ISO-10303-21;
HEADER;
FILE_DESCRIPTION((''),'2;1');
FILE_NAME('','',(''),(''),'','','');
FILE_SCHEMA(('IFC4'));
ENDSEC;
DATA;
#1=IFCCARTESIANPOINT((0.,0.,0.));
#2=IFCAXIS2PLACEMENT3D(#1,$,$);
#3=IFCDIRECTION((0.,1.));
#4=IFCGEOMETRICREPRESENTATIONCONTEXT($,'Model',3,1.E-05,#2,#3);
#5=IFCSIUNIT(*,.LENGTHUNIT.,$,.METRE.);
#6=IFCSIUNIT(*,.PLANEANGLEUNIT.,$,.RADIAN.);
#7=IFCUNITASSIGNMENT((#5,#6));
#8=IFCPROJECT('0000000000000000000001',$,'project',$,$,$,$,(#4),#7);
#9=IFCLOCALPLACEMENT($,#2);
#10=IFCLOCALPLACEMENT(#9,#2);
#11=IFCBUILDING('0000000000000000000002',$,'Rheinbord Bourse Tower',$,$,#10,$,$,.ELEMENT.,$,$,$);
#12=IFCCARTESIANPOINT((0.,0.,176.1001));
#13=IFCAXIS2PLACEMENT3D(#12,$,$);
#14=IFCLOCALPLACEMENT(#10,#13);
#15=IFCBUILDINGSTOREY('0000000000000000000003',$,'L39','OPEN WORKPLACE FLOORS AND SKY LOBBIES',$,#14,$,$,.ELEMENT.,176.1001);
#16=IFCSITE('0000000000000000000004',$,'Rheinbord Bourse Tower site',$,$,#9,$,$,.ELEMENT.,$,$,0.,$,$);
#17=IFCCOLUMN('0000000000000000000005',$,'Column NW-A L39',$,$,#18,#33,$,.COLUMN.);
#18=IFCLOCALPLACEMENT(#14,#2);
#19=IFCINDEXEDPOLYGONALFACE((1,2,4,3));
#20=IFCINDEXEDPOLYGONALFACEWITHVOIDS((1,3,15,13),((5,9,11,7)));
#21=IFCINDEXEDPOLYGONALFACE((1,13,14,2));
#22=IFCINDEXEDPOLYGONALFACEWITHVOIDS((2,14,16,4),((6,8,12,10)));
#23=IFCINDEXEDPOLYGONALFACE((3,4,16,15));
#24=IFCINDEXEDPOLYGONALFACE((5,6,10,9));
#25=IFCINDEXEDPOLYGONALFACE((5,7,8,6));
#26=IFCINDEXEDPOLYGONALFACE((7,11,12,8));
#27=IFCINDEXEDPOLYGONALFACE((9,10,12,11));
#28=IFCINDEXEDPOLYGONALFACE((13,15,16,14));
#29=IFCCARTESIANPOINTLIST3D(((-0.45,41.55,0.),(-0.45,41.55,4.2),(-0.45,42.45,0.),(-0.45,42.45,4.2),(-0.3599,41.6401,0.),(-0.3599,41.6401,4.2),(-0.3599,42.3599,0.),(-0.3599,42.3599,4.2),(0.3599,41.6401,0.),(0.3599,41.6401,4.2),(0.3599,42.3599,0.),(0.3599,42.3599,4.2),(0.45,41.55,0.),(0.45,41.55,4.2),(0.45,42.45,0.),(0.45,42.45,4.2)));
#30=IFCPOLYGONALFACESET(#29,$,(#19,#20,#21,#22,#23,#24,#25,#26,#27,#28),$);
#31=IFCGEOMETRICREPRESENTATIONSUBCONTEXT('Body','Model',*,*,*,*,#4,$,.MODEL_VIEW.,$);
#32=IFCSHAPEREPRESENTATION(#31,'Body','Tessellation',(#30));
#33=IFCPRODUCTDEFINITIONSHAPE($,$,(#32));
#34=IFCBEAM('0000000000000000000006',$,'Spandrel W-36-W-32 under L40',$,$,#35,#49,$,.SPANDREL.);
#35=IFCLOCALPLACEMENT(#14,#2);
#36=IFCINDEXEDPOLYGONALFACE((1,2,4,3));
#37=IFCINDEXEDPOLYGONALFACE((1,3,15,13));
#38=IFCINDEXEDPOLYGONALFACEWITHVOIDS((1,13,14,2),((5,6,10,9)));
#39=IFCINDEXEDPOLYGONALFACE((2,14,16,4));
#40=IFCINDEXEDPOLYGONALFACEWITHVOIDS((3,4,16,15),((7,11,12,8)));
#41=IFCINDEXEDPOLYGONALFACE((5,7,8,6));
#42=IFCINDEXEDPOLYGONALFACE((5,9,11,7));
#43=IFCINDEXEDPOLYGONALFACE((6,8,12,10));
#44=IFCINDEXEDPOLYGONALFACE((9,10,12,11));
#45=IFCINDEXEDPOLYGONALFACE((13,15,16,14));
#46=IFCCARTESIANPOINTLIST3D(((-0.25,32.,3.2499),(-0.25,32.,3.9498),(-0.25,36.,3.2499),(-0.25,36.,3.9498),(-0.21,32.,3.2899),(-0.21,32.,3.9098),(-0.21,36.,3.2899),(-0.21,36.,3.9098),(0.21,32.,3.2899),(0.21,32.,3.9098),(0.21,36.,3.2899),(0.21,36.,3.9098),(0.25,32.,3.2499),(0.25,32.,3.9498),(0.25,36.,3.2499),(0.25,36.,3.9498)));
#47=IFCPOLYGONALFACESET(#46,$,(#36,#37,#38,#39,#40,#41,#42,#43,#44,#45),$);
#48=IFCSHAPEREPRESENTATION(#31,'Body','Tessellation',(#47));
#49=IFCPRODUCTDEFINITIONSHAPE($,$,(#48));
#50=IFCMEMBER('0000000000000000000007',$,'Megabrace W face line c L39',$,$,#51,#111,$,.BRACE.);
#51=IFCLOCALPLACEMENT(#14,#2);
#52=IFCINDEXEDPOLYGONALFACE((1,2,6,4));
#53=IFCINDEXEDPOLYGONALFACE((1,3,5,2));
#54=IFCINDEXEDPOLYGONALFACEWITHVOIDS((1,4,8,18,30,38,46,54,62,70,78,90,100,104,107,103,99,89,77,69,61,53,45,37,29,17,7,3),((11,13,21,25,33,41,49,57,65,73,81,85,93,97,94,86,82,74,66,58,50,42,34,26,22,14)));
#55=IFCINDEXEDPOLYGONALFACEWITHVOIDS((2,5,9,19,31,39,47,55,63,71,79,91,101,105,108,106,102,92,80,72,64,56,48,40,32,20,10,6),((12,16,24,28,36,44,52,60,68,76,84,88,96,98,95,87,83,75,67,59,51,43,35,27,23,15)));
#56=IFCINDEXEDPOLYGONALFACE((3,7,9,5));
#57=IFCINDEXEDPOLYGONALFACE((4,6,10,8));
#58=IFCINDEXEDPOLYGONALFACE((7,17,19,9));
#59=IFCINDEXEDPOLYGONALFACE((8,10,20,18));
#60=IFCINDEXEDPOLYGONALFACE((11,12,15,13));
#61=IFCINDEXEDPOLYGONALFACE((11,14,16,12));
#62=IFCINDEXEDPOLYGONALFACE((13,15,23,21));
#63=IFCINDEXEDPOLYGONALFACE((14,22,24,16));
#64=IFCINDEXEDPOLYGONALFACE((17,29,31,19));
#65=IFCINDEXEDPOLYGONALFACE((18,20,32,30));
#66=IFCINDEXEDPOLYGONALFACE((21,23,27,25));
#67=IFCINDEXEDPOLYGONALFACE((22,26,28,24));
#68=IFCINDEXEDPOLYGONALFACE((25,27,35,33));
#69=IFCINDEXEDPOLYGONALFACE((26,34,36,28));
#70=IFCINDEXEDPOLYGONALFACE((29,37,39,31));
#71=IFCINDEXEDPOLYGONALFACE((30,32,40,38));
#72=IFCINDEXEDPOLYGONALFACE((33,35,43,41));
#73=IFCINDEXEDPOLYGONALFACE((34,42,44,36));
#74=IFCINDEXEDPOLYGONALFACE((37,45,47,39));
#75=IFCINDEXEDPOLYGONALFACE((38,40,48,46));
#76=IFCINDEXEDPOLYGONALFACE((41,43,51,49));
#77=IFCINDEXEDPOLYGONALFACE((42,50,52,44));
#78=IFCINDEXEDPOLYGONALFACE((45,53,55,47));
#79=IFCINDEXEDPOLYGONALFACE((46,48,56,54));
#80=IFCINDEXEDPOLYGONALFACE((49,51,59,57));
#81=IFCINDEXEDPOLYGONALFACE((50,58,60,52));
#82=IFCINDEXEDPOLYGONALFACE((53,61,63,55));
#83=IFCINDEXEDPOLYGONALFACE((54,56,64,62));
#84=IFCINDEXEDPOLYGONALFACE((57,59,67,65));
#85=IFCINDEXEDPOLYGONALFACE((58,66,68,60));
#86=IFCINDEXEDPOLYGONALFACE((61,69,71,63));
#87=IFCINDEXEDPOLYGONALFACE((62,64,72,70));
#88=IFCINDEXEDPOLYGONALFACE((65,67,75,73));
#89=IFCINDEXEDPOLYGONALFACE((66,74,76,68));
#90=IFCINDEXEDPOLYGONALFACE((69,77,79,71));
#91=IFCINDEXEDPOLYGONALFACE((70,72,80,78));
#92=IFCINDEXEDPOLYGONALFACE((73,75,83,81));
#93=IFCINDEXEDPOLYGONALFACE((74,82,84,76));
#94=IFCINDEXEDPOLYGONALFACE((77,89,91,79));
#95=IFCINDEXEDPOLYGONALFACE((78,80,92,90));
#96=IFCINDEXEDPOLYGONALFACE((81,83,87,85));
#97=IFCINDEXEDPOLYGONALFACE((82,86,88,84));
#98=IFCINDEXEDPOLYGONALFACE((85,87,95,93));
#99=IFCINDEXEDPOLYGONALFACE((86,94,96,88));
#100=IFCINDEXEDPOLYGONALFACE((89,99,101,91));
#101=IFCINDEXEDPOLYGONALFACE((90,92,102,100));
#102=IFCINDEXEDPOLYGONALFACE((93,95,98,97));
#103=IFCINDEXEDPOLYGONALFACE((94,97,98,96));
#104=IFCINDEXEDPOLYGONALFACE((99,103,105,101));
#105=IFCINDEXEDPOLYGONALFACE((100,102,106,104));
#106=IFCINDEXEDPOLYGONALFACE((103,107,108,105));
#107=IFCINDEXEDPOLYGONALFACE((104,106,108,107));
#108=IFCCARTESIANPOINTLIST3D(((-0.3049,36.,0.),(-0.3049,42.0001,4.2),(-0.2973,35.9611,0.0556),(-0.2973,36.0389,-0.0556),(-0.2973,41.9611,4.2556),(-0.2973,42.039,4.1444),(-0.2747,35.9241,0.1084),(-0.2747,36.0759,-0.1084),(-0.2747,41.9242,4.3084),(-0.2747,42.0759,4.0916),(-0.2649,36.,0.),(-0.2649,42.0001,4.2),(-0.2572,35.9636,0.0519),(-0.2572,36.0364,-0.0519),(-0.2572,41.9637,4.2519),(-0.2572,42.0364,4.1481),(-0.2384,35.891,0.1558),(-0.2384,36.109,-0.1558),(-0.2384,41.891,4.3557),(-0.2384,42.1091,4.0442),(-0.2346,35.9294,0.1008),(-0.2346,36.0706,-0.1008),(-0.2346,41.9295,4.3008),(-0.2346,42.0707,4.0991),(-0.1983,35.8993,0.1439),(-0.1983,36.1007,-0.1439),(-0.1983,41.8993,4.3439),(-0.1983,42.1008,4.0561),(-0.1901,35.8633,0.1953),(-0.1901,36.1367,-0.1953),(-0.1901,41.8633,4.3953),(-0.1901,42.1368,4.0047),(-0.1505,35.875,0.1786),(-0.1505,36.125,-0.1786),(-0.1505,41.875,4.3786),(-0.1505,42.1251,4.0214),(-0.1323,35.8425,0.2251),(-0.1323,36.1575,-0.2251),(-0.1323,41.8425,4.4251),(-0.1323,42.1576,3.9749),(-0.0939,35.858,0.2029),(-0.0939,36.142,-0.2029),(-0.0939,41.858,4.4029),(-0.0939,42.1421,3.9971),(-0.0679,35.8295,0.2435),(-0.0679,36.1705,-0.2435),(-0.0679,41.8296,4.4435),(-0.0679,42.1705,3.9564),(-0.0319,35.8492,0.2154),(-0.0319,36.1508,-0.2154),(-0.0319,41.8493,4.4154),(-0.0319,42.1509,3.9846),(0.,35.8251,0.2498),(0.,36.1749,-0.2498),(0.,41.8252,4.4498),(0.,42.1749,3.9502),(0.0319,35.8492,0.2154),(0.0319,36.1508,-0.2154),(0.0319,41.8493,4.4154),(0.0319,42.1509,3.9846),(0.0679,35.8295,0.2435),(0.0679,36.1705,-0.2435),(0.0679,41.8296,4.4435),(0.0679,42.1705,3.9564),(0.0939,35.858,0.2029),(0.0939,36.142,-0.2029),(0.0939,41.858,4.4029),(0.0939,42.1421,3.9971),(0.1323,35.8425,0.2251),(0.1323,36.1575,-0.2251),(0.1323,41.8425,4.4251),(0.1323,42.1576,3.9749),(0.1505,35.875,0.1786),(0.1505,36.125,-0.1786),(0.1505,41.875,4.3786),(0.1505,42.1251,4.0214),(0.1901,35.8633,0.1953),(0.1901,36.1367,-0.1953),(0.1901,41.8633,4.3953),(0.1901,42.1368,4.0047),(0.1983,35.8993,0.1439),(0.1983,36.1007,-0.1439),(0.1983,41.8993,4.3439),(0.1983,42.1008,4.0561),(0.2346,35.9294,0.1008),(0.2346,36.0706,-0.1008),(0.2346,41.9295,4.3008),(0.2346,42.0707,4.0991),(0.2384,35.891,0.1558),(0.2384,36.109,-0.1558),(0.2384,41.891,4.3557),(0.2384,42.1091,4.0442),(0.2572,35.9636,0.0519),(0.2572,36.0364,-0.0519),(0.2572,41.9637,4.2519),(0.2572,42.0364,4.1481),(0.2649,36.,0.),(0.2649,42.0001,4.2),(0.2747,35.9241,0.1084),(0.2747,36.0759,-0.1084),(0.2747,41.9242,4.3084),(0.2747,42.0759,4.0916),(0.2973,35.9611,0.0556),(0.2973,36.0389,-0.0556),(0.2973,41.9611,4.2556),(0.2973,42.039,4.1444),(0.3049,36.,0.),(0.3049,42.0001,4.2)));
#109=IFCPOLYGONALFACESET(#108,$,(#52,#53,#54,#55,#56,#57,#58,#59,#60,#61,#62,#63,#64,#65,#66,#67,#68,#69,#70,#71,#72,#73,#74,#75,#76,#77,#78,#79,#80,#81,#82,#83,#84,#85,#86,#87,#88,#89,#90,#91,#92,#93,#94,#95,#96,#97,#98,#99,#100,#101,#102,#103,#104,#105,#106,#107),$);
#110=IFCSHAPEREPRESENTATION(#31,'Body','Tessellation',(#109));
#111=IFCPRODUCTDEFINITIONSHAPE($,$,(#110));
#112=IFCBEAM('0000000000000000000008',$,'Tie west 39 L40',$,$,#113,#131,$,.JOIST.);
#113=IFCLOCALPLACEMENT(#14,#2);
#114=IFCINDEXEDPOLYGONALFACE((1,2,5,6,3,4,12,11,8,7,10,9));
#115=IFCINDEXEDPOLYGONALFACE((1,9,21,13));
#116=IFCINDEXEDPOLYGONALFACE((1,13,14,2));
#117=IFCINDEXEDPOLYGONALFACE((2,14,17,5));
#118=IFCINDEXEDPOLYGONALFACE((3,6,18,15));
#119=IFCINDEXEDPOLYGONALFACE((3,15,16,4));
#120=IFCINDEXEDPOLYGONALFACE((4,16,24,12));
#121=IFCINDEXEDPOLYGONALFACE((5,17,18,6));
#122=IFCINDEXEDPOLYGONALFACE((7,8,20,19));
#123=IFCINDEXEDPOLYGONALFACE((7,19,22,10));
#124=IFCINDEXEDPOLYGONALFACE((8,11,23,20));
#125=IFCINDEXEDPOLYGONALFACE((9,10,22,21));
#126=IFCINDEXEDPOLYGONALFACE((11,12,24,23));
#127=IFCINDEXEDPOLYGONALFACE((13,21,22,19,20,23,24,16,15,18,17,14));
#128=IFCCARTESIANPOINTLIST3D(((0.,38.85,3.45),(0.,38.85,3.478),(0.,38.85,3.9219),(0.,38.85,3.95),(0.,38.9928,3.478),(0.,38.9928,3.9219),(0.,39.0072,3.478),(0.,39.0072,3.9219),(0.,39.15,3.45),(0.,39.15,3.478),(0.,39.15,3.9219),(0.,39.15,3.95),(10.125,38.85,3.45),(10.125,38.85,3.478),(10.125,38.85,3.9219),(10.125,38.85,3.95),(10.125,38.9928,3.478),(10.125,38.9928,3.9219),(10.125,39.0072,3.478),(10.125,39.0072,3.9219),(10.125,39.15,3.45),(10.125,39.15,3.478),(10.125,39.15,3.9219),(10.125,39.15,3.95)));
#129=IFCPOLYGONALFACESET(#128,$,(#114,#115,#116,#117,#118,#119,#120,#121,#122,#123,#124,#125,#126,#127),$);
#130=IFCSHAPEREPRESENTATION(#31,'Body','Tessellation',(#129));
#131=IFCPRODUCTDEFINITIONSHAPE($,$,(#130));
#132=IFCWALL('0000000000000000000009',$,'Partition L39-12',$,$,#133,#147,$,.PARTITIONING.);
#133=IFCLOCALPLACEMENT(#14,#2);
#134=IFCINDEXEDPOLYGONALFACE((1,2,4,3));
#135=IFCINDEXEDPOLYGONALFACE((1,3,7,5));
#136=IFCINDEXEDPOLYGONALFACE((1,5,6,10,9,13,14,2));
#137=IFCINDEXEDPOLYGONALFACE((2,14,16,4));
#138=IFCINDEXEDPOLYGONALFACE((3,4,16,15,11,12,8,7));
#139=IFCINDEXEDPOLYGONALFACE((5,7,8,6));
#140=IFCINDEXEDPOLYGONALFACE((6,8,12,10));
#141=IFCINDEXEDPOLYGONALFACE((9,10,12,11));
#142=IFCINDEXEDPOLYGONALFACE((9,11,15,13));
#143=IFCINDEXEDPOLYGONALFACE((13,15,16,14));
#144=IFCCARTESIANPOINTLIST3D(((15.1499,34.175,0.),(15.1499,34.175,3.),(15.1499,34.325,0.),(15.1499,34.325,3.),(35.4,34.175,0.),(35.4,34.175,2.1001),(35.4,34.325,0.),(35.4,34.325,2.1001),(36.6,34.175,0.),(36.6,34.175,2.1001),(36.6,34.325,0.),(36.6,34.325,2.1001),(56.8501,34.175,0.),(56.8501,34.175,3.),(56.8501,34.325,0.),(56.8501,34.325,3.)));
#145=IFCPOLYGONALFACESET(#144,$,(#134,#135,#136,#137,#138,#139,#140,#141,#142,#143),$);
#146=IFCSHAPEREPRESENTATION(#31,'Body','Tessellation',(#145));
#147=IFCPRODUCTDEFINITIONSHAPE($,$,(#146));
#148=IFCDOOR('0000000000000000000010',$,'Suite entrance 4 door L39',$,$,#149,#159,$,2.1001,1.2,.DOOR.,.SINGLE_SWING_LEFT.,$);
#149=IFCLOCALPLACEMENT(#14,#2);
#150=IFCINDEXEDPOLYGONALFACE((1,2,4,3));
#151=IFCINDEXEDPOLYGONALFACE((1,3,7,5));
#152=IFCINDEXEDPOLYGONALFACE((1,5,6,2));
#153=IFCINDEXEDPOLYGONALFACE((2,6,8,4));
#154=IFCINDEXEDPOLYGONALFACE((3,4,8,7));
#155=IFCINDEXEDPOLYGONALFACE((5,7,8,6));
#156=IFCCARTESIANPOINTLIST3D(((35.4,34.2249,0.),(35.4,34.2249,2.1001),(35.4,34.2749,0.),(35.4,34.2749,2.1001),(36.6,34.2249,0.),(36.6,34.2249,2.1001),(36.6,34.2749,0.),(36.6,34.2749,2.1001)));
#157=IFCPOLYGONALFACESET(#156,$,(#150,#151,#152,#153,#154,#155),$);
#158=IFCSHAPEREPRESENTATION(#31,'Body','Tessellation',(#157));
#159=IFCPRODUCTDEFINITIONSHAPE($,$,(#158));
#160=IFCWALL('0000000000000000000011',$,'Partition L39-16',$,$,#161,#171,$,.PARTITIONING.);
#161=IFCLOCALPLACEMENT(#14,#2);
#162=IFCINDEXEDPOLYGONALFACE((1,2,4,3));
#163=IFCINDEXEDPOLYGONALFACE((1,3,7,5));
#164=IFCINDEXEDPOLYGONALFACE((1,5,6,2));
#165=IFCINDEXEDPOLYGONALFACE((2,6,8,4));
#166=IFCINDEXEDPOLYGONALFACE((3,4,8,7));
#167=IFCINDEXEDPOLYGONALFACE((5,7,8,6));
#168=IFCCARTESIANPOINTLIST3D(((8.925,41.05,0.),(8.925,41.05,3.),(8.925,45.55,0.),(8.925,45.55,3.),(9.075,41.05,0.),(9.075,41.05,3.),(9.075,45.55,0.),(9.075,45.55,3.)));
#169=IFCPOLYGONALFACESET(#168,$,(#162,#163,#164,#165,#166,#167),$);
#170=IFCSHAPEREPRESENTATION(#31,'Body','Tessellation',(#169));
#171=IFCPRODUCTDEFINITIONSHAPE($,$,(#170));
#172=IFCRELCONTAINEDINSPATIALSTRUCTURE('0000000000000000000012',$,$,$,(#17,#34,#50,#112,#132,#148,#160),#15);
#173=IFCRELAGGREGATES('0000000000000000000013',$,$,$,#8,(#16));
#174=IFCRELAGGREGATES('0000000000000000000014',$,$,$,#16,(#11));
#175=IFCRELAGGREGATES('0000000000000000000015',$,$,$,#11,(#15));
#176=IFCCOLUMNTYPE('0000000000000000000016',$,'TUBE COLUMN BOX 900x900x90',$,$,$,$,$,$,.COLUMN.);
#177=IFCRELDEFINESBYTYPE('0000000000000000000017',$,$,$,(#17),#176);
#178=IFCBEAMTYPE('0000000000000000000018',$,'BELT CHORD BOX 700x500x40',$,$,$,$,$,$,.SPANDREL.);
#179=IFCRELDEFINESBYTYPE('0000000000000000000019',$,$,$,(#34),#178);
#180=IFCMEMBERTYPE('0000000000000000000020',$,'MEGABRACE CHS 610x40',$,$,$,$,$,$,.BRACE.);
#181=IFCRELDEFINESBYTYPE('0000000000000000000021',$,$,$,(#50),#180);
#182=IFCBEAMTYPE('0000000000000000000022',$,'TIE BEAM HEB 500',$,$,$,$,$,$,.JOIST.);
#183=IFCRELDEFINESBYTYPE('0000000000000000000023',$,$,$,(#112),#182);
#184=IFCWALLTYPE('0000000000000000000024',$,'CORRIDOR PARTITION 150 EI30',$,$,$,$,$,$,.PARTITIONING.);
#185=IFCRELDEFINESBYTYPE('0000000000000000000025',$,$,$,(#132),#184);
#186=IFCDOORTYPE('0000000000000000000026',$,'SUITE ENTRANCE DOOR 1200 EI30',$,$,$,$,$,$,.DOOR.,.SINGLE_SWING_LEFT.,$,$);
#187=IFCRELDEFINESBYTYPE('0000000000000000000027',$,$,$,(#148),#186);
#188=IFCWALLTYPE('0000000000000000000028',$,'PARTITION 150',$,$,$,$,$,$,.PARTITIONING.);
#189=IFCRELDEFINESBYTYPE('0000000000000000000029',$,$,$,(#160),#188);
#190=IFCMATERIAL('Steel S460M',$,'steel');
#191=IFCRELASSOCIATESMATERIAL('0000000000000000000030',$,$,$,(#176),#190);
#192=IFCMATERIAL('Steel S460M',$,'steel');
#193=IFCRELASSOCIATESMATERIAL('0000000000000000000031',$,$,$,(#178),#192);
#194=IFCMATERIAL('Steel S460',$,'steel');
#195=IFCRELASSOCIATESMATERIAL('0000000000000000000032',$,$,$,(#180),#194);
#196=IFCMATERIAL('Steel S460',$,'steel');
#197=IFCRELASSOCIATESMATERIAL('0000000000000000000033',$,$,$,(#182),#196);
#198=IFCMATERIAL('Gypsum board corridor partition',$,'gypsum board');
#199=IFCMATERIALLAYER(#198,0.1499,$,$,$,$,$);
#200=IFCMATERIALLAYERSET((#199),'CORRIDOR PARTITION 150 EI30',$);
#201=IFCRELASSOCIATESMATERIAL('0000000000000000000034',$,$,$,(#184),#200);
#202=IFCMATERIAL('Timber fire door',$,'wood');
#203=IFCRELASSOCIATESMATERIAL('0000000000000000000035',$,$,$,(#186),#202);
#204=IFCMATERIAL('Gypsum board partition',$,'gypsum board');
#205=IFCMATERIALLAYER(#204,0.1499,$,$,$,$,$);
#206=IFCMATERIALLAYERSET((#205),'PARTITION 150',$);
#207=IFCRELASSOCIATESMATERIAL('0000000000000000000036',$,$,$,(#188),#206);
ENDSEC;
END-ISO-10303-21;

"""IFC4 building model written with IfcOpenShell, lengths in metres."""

from ifc_helpers import new_model, si_unit, direction, frame, frame_2d, origin, origin_2d, place, context, subcontext, project, spatial, rectangle, hollow_rectangle, hollow_circle, i_section, extrude, material, layer, layer_set, material_profile, profile_set, type_object, element, fill, save


model = new_model("IFC4")

# Units and contexts
model_context = context("Model", 3, precision=1e-05, world=origin(), true_north=direction((0.0, 1.0)))
body_context = subcontext(model_context, "Body", "Model", "MODEL_VIEW")
ifc_project = project(units=[si_unit("LENGTHUNIT", "METRE"), si_unit("PLANEANGLEUNIT", "RADIAN")], contexts=[model_context])

# Site, building, storey
site_placement = place(None, origin())
site = spatial("IfcSite", under=ifc_project, at=site_placement, Name="Rheinbord Bourse Tower site", CompositionType="ELEMENT", RefElevation=0.0)
building_placement = place(site_placement, origin())
building = spatial("IfcBuilding", under=site, at=building_placement, Name="Rheinbord Bourse Tower", CompositionType="ELEMENT")
storey_placement = place(building_placement, frame((0.0, 0.0, 176.1001)))
storey = spatial("IfcBuildingStorey", under=building, at=storey_placement, Name="L39", Description="OPEN WORKPLACE FLOORS AND SKY LOBBIES", CompositionType="ELEMENT", Elevation=176.1001)

# Column
ifc_material_1 = material(Name="Steel S460M", Category="steel")
ifc_material_profile_1 = material_profile(ifc_material_1, hollow_rectangle(XDim=0.8999, YDim=0.8999, WallThickness=0.0901, at=origin_2d()), Name="BOX 900x900x90")
ifc_profile_set_1 = profile_set([ifc_material_profile_1], Name="Steel S460M")
column_type = type_object("IfcColumnType", Name="TUBE COLUMN BOX 900x900x90", PredefinedType="COLUMN", material=ifc_profile_set_1)
column_placement = place(storey_placement, frame((0.0, 42.0, 0.0), z_axis=(0.0, 0.0, 1.0), x_axis=(1.0, 0.0, 0.0)))
element("IfcColumn", 1, at=column_placement, inside=storey, type_object=column_type, Name="Column NW-A L39", PredefinedType="COLUMN", context=body_context, shape_type="SweptSolid", body=[
    extrude(hollow_rectangle(XDim=0.8999, YDim=0.8999, WallThickness=0.0901, at=origin_2d()), origin(), (0.0, 0.0, 1.0), 4.2),
])

# Beam
ifc_material_2 = material(Name="Steel S460M", Category="steel")
ifc_material_profile_2 = material_profile(ifc_material_2, hollow_rectangle(XDim=0.5, YDim=0.7, WallThickness=0.04, at=origin_2d()), Name="BOX 700x500x40")
ifc_profile_set_2 = profile_set([ifc_material_profile_2], Name="Steel S460M")
beam_type_1 = type_object("IfcBeamType", Name="BELT CHORD BOX 700x500x40", PredefinedType="SPANDREL", material=ifc_profile_set_2)
beam_1_placement = place(storey_placement, frame((0.0, 36.0, 3.5999), z_axis=(0.0, -1.0, 0.0), x_axis=(1.0, 0.0, 0.0)))
element("IfcBeam", 2, at=beam_1_placement, inside=storey, type_object=beam_type_1, Name="Spandrel W-36-W-32 under L40", PredefinedType="SPANDREL", context=body_context, shape_type="SweptSolid", body=[
    extrude(hollow_rectangle(XDim=0.5, YDim=0.7, WallThickness=0.04, at=origin_2d()), origin(), (0.0, 0.0, 1.0), 4.0),
])

# Member
ifc_material_3 = material(Name="Steel S460", Category="steel")
ifc_material_profile_3 = material_profile(ifc_material_3, hollow_circle(Radius=0.3049, WallThickness=0.04, at=origin_2d()), Name="CHS 610x40")
ifc_profile_set_3 = profile_set([ifc_material_profile_3], Name="Steel S460")
member_type = type_object("IfcMemberType", Name="MEGABRACE CHS 610x40", PredefinedType="BRACE", material=ifc_profile_set_3)
member_placement = place(storey_placement, frame((0.0, 36.0, 0.0), z_axis=(0.0, 0.819235, 0.573458), x_axis=(-1.0, 0.0, 0.0)))
element("IfcMember", 3, at=member_placement, inside=storey, type_object=member_type, Name="Megabrace W face line c L39", PredefinedType="BRACE", context=body_context, shape_type="SweptSolid", body=[
    extrude(hollow_circle(Radius=0.3049, WallThickness=0.04, at=origin_2d()), origin(), (0.0, 0.0, 1.0), 7.324),
])

# Beam
ifc_material_4 = material(Name="Steel S460", Category="steel")
ifc_material_profile_4 = material_profile(ifc_material_4, i_section(OverallWidth=0.3, OverallDepth=0.5, WebThickness=0.0144, FlangeThickness=0.0281, at=origin_2d()), Name="HEB 500")
ifc_profile_set_4 = profile_set([ifc_material_profile_4], Name="Steel S460")
beam_type_2 = type_object("IfcBeamType", Name="TIE BEAM HEB 500", PredefinedType="JOIST", material=ifc_profile_set_4)
beam_2_placement = place(storey_placement, frame((0.0, 39.0, 3.7), z_axis=(1.0, 0.0, 0.0), x_axis=(0.0, 1.0, 0.0)))
element("IfcBeam", 4, at=beam_2_placement, inside=storey, type_object=beam_type_2, Name="Tie west 39 L40", PredefinedType="JOIST", context=body_context, shape_type="SweptSolid", body=[
    extrude(i_section(OverallWidth=0.3, OverallDepth=0.5, WebThickness=0.0144, FlangeThickness=0.0281, at=origin_2d()), origin(), (0.0, 0.0, 1.0), 10.125),
])

# Wall, opening, door
ifc_material_5 = material(Name="Gypsum board corridor partition", Category="gypsum board")
ifc_layer_1 = layer(ifc_material_5, 0.1499)
ifc_layer_set_1 = layer_set([ifc_layer_1], Name="CORRIDOR PARTITION 150 EI30")
wall_type_1 = type_object("IfcWallType", Name="CORRIDOR PARTITION 150 EI30", PredefinedType="PARTITIONING", material=ifc_layer_set_1)
wall_1_placement = place(storey_placement, frame((15.1499, 34.25, 0.0), z_axis=(0.0, 0.0, 1.0), x_axis=(1.0, 0.0, 0.0)))
wall_1 = element("IfcWall", 5, at=wall_1_placement, inside=storey, type_object=wall_type_1, Name="Partition L39-12", PredefinedType="PARTITIONING", context=body_context, shape_type="SweptSolid", body=[
    extrude(rectangle(XDim=41.7002, YDim=0.1499, at=frame_2d((20.8501, 0.0))), origin(), (0.0, 0.0, 1.0), 3.0),
])
opening_1_placement = place(wall_1_placement, frame((20.25, 0.0, 0.0)))
opening_1 = element("IfcOpeningElement", 6, at=opening_1_placement, cuts=wall_1, PredefinedType="OPENING", context=body_context, shape_type="SweptSolid", body=[
    extrude(rectangle(XDim=1.2, YDim=2.1001, at=frame_2d((0.6001, 1.05))), frame((0.0, 0.085, 0.0), z_axis=(0.0, -1.0, 0.0), x_axis=(1.0, 0.0, 0.0)), (0.0, 0.0, 1.0), 0.1699),
])
ifc_material_6 = material(Name="Timber fire door", Category="wood")
door_type_1 = type_object("IfcDoorType", Name="SUITE ENTRANCE DOOR 1200 EI30", OperationType="SINGLE_SWING_LEFT", PredefinedType="DOOR", material=ifc_material_6)
door_1_placement = place(opening_1_placement, origin())
door_1 = element("IfcDoor", 7, at=door_1_placement, inside=storey, type_object=door_type_1, Name="Suite entrance 4 door L39", OperationType="SINGLE_SWING_LEFT", OverallHeight=2.1001, OverallWidth=1.2, PredefinedType="DOOR", context=body_context, shape_type="SweptSolid", body=[
    extrude(rectangle(XDim=1.2, YDim=2.1001, at=frame_2d((0.6001, 1.05))), frame((0.0, 0.0249, 0.0), z_axis=(0.0, -1.0, 0.0), x_axis=(1.0, 0.0, 0.0)), (0.0, 0.0, 1.0), 0.05),
])
fill(opening_1, door_1)

# Shared definitions
ifc_material_7 = material(Name="Gypsum board partition", Category="gypsum board")
ifc_layer_2 = layer(ifc_material_7, 0.1499)
ifc_layer_set_2 = layer_set([ifc_layer_2], Name="PARTITION 150")
wall_type_2 = type_object("IfcWallType", Name="PARTITION 150", PredefinedType="PARTITIONING", material=ifc_layer_set_2)

# Wall
for number, where, z_axis, x_axis, name in (
    (8, (9.0, 41.05, 0.0), (0.0, 0.0, 1.0), (0.0, 1.0, 0.0), "Partition L39-16"),
):
    element("IfcWall", number, at=place(storey_placement, frame(where, z_axis=z_axis, x_axis=x_axis)), inside=storey, type_object=wall_type_2, Name=name, PredefinedType="PARTITIONING", context=body_context, shape_type="SweptSolid", body=[
        extrude(rectangle(XDim=4.5, YDim=0.1499, at=frame_2d((2.25, 0.0))), origin(), (0.0, 0.0, 1.0), 3.0),
    ])

save(model, "model.ifc")
